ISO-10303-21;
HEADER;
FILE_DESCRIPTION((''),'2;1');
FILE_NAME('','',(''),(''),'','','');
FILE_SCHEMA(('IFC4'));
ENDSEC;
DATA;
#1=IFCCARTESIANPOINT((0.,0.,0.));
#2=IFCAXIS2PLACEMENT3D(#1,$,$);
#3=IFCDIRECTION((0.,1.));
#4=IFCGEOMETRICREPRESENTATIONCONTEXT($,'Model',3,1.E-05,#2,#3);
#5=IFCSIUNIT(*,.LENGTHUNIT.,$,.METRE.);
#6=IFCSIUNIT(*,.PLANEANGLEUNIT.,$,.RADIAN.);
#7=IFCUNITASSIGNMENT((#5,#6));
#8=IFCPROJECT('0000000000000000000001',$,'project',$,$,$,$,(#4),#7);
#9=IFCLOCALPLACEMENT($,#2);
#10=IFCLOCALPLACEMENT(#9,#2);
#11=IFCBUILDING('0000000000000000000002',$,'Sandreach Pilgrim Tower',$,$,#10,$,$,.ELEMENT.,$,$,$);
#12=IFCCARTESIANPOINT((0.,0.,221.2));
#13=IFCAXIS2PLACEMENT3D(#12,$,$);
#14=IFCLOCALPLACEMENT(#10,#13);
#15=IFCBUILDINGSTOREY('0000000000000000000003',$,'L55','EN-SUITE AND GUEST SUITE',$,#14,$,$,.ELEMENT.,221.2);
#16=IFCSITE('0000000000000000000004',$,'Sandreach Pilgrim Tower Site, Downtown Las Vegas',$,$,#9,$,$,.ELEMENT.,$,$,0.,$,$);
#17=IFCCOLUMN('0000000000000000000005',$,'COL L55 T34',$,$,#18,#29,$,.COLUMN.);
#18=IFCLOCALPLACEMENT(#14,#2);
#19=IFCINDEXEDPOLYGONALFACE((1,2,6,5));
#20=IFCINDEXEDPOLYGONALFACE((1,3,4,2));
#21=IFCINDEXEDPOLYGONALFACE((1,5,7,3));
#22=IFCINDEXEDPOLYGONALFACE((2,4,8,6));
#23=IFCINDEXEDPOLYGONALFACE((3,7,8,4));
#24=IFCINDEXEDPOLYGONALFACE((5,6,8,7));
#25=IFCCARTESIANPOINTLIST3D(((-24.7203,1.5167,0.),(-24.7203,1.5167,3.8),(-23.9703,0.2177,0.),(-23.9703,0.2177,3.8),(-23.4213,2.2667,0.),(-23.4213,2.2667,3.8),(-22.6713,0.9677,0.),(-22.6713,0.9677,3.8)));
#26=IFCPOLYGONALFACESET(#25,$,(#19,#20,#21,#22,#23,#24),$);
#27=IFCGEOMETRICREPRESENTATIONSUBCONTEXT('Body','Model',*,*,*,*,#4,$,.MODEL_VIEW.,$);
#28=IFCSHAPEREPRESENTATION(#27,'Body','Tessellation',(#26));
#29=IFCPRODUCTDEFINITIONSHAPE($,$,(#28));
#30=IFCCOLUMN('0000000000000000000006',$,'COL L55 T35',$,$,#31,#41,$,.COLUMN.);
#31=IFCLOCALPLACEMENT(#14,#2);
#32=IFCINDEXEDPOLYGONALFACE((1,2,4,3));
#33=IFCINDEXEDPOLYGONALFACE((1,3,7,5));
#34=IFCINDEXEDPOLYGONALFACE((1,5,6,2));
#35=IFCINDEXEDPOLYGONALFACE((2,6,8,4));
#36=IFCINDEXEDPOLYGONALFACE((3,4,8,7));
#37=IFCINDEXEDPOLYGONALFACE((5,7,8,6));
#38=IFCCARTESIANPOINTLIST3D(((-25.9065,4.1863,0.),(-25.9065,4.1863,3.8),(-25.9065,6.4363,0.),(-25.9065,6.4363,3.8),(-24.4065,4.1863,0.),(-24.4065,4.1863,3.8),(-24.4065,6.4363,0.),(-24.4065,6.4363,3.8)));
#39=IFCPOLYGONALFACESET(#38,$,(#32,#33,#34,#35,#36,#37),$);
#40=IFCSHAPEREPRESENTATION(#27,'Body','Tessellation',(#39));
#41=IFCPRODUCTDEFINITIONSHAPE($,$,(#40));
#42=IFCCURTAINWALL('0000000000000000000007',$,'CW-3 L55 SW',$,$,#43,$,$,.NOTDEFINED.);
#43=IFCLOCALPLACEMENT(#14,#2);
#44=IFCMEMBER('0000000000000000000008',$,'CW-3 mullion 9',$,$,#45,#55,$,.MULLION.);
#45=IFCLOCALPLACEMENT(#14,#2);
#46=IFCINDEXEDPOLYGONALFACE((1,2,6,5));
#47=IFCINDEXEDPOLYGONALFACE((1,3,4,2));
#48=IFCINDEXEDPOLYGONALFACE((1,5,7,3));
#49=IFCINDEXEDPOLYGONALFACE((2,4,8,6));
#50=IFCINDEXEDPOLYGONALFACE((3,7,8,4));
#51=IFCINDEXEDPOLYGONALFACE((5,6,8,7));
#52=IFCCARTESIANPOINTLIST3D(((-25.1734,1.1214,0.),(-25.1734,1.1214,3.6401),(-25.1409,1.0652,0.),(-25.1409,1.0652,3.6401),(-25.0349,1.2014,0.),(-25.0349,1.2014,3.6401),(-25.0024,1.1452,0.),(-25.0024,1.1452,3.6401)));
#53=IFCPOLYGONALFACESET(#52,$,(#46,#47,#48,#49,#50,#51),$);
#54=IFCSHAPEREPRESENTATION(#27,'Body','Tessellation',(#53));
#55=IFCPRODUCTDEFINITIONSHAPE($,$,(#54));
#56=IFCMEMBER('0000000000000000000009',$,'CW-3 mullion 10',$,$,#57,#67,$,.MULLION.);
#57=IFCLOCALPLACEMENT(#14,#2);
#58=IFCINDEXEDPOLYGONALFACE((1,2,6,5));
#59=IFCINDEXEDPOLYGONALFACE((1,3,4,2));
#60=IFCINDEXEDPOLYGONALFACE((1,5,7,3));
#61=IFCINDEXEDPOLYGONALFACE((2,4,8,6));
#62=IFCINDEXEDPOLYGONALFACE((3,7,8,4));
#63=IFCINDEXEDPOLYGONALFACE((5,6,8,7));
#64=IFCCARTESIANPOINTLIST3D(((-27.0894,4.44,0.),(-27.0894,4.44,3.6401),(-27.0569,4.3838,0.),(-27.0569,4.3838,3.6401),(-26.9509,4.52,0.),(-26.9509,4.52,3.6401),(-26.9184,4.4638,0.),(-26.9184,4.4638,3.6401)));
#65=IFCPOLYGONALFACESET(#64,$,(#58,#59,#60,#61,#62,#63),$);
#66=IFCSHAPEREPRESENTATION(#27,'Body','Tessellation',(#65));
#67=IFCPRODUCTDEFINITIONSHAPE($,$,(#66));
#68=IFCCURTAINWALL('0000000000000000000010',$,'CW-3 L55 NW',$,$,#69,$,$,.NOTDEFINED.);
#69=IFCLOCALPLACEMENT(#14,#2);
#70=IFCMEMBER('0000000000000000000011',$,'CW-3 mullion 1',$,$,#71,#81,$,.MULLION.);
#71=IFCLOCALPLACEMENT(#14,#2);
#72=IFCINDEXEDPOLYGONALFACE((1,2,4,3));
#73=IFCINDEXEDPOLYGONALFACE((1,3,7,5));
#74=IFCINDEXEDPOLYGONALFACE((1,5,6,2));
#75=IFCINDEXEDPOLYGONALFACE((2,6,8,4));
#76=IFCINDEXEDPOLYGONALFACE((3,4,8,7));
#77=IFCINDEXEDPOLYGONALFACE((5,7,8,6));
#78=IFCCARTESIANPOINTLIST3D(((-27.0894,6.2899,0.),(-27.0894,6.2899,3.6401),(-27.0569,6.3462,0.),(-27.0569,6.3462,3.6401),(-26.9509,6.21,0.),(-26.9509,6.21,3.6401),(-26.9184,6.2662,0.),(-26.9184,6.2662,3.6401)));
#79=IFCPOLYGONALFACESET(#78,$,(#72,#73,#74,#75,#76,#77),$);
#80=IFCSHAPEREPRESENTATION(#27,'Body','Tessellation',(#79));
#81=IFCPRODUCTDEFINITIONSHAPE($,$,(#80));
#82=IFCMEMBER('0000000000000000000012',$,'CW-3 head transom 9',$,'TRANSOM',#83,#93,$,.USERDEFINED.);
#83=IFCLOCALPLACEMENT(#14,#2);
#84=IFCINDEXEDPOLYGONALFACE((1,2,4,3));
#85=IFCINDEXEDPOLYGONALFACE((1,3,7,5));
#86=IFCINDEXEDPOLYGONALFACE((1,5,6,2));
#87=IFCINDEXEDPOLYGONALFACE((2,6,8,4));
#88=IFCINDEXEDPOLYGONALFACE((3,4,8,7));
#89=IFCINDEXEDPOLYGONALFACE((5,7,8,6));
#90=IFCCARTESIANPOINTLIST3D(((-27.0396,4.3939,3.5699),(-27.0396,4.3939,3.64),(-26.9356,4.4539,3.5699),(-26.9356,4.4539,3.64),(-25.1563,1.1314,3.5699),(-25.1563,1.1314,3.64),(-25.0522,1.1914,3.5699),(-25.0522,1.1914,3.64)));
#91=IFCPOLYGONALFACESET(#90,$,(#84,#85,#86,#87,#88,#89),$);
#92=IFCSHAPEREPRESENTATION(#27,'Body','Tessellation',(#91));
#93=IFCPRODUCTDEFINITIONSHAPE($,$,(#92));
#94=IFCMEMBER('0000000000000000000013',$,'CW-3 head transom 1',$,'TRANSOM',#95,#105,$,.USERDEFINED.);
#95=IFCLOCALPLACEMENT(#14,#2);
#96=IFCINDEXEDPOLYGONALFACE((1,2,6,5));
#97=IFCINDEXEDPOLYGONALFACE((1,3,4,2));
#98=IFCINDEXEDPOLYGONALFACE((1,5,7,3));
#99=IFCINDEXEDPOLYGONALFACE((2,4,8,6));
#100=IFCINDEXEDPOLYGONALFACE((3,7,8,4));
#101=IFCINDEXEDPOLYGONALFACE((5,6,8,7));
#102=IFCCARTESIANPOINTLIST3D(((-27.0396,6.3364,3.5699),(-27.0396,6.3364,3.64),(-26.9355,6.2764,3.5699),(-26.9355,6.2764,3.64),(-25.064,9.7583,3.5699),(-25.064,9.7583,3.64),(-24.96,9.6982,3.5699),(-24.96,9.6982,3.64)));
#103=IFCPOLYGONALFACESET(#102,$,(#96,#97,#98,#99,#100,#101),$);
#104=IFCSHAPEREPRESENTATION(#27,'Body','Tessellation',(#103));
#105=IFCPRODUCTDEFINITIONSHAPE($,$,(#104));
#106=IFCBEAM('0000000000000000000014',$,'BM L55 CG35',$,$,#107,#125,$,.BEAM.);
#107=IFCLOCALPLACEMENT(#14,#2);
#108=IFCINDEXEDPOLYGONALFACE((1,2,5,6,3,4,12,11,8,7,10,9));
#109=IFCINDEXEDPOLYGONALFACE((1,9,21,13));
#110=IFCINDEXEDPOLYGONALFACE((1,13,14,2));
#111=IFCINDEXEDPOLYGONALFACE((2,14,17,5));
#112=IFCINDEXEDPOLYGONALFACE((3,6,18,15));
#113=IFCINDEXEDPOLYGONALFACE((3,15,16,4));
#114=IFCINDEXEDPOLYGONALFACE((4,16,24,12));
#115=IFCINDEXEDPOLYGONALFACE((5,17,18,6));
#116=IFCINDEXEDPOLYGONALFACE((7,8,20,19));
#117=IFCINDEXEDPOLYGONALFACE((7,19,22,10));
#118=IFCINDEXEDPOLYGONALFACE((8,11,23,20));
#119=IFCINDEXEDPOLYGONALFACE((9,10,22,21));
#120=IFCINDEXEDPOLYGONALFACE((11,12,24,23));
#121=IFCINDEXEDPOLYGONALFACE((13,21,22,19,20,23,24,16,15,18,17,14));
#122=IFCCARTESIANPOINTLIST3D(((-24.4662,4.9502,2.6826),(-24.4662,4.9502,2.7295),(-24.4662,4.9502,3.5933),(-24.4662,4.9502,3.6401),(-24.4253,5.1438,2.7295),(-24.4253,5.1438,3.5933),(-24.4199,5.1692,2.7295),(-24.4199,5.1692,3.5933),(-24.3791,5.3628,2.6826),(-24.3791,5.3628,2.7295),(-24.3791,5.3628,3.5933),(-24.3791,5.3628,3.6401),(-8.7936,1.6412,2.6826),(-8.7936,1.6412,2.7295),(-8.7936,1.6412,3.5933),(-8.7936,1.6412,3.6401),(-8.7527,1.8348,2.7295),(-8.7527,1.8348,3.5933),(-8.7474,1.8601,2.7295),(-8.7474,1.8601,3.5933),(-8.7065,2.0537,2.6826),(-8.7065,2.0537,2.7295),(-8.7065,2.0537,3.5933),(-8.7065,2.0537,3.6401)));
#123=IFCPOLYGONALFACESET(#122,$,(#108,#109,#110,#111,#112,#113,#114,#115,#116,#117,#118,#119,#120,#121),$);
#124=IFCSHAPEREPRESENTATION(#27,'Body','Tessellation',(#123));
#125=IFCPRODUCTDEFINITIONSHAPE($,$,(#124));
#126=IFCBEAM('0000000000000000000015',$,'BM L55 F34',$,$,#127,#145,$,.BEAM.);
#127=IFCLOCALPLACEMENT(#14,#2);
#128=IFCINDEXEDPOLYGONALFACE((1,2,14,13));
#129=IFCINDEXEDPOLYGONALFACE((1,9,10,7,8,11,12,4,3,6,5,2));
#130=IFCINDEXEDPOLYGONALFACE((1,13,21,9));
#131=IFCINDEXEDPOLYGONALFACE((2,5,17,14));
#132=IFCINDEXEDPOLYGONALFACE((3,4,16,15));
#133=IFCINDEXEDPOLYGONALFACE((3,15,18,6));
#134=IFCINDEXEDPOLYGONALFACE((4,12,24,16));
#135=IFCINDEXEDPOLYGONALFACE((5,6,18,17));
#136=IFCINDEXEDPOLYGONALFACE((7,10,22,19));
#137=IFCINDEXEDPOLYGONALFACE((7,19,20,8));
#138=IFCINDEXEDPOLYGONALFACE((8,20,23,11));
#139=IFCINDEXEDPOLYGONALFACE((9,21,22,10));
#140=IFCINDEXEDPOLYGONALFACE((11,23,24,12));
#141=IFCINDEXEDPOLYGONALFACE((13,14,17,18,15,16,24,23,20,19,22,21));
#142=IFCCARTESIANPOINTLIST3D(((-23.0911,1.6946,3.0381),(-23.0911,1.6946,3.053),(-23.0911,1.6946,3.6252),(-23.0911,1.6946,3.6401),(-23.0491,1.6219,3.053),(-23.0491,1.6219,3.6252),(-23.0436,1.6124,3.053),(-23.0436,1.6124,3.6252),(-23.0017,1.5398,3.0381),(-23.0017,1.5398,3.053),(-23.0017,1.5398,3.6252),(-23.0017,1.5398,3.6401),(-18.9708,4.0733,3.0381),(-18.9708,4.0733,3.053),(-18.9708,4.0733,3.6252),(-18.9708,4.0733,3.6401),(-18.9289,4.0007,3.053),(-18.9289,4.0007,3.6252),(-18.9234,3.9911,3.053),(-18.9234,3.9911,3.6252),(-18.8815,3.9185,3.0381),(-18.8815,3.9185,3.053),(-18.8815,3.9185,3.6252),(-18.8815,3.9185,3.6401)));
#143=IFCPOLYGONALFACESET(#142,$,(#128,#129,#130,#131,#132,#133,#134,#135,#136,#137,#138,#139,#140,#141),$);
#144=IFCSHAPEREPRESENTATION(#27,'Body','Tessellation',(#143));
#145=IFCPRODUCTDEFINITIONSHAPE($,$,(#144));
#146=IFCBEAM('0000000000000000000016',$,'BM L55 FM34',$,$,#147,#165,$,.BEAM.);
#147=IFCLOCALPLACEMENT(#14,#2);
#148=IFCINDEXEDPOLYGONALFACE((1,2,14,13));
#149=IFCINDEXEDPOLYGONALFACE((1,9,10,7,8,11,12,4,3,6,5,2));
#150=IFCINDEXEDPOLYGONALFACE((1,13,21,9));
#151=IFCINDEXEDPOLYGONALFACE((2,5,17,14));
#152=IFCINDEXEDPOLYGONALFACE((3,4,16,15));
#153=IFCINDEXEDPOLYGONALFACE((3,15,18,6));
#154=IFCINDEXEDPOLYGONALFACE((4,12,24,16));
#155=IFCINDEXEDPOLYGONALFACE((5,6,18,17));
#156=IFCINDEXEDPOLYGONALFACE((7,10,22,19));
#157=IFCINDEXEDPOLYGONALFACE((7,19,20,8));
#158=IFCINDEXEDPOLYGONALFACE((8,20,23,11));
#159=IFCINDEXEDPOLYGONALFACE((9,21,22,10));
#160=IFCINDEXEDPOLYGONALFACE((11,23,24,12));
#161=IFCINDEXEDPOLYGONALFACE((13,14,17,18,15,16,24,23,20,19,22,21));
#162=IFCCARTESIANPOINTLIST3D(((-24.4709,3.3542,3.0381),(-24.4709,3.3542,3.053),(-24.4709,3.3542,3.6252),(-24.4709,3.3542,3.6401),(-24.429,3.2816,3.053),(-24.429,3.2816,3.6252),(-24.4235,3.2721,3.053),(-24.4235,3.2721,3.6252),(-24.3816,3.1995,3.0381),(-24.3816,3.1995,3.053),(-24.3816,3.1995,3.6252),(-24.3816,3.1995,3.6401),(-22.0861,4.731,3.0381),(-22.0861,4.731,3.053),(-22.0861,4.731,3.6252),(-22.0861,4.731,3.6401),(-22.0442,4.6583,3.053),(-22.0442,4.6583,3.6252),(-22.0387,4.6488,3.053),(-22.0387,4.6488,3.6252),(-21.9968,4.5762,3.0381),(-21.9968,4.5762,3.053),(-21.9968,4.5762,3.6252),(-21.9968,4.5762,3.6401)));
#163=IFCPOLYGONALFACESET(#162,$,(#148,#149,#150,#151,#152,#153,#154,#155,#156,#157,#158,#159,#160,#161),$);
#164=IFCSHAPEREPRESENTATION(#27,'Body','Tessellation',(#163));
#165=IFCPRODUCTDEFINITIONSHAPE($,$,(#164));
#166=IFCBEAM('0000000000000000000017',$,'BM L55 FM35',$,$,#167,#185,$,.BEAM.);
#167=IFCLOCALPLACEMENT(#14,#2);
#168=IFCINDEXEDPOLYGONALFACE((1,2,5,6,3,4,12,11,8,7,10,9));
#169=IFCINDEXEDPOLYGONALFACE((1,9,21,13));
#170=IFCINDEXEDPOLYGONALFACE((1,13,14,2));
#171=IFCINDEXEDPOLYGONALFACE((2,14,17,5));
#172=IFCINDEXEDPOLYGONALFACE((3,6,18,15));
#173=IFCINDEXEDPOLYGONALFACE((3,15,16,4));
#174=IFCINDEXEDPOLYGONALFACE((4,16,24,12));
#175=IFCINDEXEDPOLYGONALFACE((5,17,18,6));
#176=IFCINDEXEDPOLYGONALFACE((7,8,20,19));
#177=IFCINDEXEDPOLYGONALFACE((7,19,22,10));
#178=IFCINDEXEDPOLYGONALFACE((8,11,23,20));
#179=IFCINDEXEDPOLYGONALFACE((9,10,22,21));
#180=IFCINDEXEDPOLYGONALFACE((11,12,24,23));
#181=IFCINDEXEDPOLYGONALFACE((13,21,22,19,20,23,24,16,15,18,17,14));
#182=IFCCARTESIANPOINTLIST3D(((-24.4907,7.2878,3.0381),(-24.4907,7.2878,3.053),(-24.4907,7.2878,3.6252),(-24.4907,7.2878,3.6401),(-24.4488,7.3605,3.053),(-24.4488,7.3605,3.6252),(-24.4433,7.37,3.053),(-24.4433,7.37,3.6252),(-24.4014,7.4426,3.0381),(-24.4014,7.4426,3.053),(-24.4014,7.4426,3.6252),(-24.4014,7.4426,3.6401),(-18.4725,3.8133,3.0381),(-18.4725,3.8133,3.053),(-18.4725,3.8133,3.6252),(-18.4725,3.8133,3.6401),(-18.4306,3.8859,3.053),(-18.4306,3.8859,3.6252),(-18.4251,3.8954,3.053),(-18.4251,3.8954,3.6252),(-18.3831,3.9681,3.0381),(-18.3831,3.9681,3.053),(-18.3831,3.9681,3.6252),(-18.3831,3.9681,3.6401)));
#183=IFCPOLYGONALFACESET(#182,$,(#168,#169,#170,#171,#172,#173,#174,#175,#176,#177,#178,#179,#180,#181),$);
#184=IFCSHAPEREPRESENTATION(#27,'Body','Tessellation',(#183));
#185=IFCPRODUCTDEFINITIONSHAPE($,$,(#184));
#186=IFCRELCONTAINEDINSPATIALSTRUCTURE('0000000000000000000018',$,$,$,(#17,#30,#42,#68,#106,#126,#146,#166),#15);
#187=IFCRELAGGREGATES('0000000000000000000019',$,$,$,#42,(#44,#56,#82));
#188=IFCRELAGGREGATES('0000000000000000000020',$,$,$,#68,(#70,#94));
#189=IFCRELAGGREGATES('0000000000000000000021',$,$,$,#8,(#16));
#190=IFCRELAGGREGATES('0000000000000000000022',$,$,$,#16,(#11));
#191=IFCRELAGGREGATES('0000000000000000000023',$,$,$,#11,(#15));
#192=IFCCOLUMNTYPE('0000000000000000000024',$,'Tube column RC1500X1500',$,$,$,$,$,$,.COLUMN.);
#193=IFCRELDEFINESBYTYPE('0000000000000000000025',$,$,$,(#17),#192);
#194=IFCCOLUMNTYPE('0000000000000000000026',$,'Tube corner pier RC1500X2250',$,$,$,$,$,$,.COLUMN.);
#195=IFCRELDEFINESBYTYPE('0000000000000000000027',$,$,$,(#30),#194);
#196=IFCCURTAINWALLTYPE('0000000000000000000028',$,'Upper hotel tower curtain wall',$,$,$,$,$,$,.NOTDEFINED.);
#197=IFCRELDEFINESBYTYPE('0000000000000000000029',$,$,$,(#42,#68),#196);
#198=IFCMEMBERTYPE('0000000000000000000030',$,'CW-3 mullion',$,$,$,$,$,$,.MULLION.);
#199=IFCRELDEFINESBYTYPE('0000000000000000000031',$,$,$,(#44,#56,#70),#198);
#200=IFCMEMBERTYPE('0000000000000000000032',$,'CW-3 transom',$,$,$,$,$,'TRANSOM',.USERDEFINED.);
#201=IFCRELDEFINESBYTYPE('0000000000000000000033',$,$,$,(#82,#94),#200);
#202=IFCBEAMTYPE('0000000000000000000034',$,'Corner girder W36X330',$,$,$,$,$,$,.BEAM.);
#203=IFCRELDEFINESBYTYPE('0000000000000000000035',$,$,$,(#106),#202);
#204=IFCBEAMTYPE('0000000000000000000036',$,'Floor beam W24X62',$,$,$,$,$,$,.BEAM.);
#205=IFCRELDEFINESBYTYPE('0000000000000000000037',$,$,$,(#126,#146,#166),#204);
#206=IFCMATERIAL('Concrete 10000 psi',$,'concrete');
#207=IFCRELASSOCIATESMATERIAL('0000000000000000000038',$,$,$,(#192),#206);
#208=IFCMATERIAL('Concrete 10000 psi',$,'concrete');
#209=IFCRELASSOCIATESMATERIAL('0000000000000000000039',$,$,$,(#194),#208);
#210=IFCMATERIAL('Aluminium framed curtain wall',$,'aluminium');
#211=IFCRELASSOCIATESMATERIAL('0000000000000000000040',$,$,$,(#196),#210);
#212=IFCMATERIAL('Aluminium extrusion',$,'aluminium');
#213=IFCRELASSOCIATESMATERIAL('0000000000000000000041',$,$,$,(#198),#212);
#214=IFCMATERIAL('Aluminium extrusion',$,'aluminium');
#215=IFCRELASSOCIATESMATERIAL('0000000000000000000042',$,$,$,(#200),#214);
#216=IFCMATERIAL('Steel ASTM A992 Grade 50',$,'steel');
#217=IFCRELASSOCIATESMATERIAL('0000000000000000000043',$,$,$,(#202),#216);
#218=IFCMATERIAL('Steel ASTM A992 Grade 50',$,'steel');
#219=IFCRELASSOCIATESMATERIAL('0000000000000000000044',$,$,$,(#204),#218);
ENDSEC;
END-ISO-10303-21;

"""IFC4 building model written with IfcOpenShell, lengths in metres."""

from ifc_helpers import new_model, si_unit, direction, frame, origin, origin_2d, place, context, subcontext, project, spatial, rectangle, i_section, extrude, material, material_profile, profile_set, type_object, element, aggregate, save


model = new_model("IFC4")

# Units and contexts
model_context = context("Model", 3, precision=1e-05, world=origin(), true_north=direction((0.0, 1.0)))
body_context = subcontext(model_context, "Body", "Model", "MODEL_VIEW")
ifc_project = project(units=[si_unit("LENGTHUNIT", "METRE"), si_unit("PLANEANGLEUNIT", "RADIAN")], contexts=[model_context])

# Site, building, storey
site_placement = place(None, origin())
site = spatial("IfcSite", under=ifc_project, at=site_placement, Name="Sandreach Pilgrim Tower Site, Downtown Las Vegas", CompositionType="ELEMENT", RefElevation=0.0)
building_placement = place(site_placement, origin())
building = spatial("IfcBuilding", under=site, at=building_placement, Name="Sandreach Pilgrim Tower", CompositionType="ELEMENT")
storey_placement = place(building_placement, frame((0.0, 0.0, 221.2)))
storey = spatial("IfcBuildingStorey", under=building, at=storey_placement, Name="L55", Description="EN-SUITE AND GUEST SUITE", CompositionType="ELEMENT", Elevation=221.2)

# Columns
ifc_material_1 = material(Name="Concrete 10000 psi", Category="concrete")
ifc_material_profile_1 = material_profile(ifc_material_1, rectangle(XDim=1.5, YDim=1.5, at=origin_2d()), Name="RC1500X1500")
ifc_profile_set_1 = profile_set([ifc_material_profile_1], Name="Concrete 10000 psi")
column_type_1 = type_object("IfcColumnType", Name="Tube column RC1500X1500", PredefinedType="COLUMN", material=ifc_profile_set_1)
column_1_placement = place(storey_placement, frame((-23.6958, 1.2422, 0.0), z_axis=(0.0, 0.0, 1.0), x_axis=(-0.866025, -0.5, 0.0)))
element("IfcColumn", 1, at=column_1_placement, inside=storey, type_object=column_type_1, Name="COL L55 T34", PredefinedType="COLUMN", context=body_context, shape_type="SweptSolid", body=[
    extrude(rectangle(XDim=1.5, YDim=1.5, at=origin_2d()), origin(), (0.0, 0.0, 1.0), 3.8),
])
ifc_material_2 = material(Name="Concrete 10000 psi", Category="concrete")
ifc_material_profile_2 = material_profile(ifc_material_2, rectangle(XDim=1.5, YDim=2.25, at=origin_2d()), Name="RC1500X2250")
ifc_profile_set_2 = profile_set([ifc_material_profile_2], Name="Concrete 10000 psi")
column_type_2 = type_object("IfcColumnType", Name="Tube corner pier RC1500X2250", PredefinedType="COLUMN", material=ifc_profile_set_2)
column_2_placement = place(storey_placement, frame((-25.1565, 5.3113, 0.0), z_axis=(0.0, 0.0, 1.0), x_axis=(-1.0, 0.0, 0.0)))
element("IfcColumn", 2, at=column_2_placement, inside=storey, type_object=column_type_2, Name="COL L55 T35", PredefinedType="COLUMN", context=body_context, shape_type="SweptSolid", body=[
    extrude(rectangle(XDim=1.5, YDim=2.25, at=origin_2d()), origin(), (0.0, 0.0, 1.0), 3.8),
])

# Curtain wall, members
ifc_material_3 = material(Name="Aluminium framed curtain wall", Category="aluminium")
curtain_wall_type = type_object("IfcCurtainWallType", Name="Upper hotel tower curtain wall", PredefinedType="NOTDEFINED", material=ifc_material_3)
curtain_wall_1_placement = place(storey_placement, origin())
curtain_wall_1 = element("IfcCurtainWall", 3, at=curtain_wall_1_placement, inside=storey, type_object=curtain_wall_type, Name="CW-3 L55 SW", PredefinedType="NOTDEFINED")
ifc_material_4 = material(Name="Aluminium extrusion", Category="aluminium")
ifc_material_profile_3 = material_profile(ifc_material_4, rectangle(XDim=0.0649, YDim=0.1599, at=origin_2d()), Name="CW-3M 65X160")
ifc_profile_set_3 = profile_set([ifc_material_profile_3], Name="Aluminium extrusion")
member_type_1 = type_object("IfcMemberType", Name="CW-3 mullion", PredefinedType="MULLION", material=ifc_profile_set_3)
member_1_placement = place(storey_placement, frame((-25.0879, 1.1333, 0.0), z_axis=(0.0, 0.0, 1.0), x_axis=(-0.5, 0.866025, 0.0)))
member_1 = element("IfcMember", 4, at=member_1_placement, type_object=member_type_1, Name="CW-3 mullion 9", PredefinedType="MULLION", context=body_context, shape_type="SweptSolid", body=[
    extrude(rectangle(XDim=0.0649, YDim=0.1599, at=origin_2d()), origin(), (0.0, 0.0, 1.0), 3.6401),
])
member_2_placement = place(storey_placement, frame((-27.0039, 4.4519, 0.0), z_axis=(0.0, 0.0, 1.0), x_axis=(-0.5, 0.866025, 0.0)))
member_2 = element("IfcMember", 5, at=member_2_placement, type_object=member_type_1, Name="CW-3 mullion 10", PredefinedType="MULLION", context=body_context, shape_type="SweptSolid", body=[
    extrude(rectangle(XDim=0.0649, YDim=0.1599, at=origin_2d()), origin(), (0.0, 0.0, 1.0), 3.6401),
])

# Curtain wall, member
curtain_wall_2_placement = place(storey_placement, origin())
curtain_wall_2 = element("IfcCurtainWall", 6, at=curtain_wall_2_placement, inside=storey, type_object=curtain_wall_type, Name="CW-3 L55 NW", PredefinedType="NOTDEFINED")
member_3_placement = place(storey_placement, frame((-27.0039, 6.2781, 0.0), z_axis=(0.0, 0.0, 1.0), x_axis=(0.5, 0.866025, 0.0)))
member_3 = element("IfcMember", 7, at=member_3_placement, type_object=member_type_1, Name="CW-3 mullion 1", PredefinedType="MULLION", context=body_context, shape_type="SweptSolid", body=[
    extrude(rectangle(XDim=0.0649, YDim=0.1599, at=origin_2d()), origin(), (0.0, 0.0, 1.0), 3.6401),
])

# Members
ifc_material_5 = material(Name="Aluminium extrusion", Category="aluminium")
ifc_material_profile_4 = material_profile(ifc_material_5, rectangle(XDim=0.1201, YDim=0.0701, at=origin_2d()), Name="CW-3T 120X70")
ifc_profile_set_4 = profile_set([ifc_material_profile_4], Name="Aluminium extrusion")
member_type_2 = type_object("IfcMemberType", Name="CW-3 transom", ElementType="TRANSOM", PredefinedType="USERDEFINED", material=ifc_profile_set_4)
member_4_placement = place(storey_placement, frame((-25.1042, 1.1614, 3.605), z_axis=(-0.499945, 0.866057, 0.0), x_axis=(-0.866057, -0.499945, 0.0)))
member_4 = element("IfcMember", 8, at=member_4_placement, type_object=member_type_2, Name="CW-3 head transom 9", ObjectType="TRANSOM", PredefinedType="USERDEFINED", context=body_context, shape_type="SweptSolid", body=[
    extrude(rectangle(XDim=0.1201, YDim=0.0701, at=origin_2d()), origin(), (0.0, 0.0, 1.0), 3.7671),
])
member_5_placement = place(storey_placement, frame((-26.9875, 6.3064, 3.605), z_axis=(0.499993, 0.866029, 0.0), x_axis=(-0.866029, 0.499993, 0.0)))
member_5 = element("IfcMember", 9, at=member_5_placement, type_object=member_type_2, Name="CW-3 head transom 1", ObjectType="TRANSOM", PredefinedType="USERDEFINED", context=body_context, shape_type="SweptSolid", body=[
    extrude(rectangle(XDim=0.1201, YDim=0.0701, at=origin_2d()), origin(), (0.0, 0.0, 1.0), 3.9512),
])

# Beams
ifc_material_6 = material(Name="Steel ASTM A992 Grade 50", Category="steel")
ifc_material_profile_5 = material_profile(ifc_material_6, i_section(OverallWidth=0.4216, OverallDepth=0.9575, WebThickness=0.0259, FlangeThickness=0.0469, at=origin_2d()), Name="W36X330")
ifc_profile_set_5 = profile_set([ifc_material_profile_5], Name="Steel ASTM A992 Grade 50")
beam_type_1 = type_object("IfcBeamType", Name="Corner girder W36X330", PredefinedType="BEAM", material=ifc_profile_set_5)
beam_1_placement = place(storey_placement, frame((-24.4226, 5.1565, 3.1614), z_axis=(0.978429, -0.206583, 0.0), x_axis=(0.206583, 0.978429, 0.0)))
element("IfcBeam", 10, at=beam_1_placement, inside=storey, type_object=beam_type_1, Name="BM L55 CG35", PredefinedType="BEAM", context=body_context, shape_type="SweptSolid", body=[
    extrude(i_section(OverallWidth=0.4216, OverallDepth=0.9575, WebThickness=0.0259, FlangeThickness=0.0469, at=origin_2d()), origin(), (0.0, 0.0, 1.0), 16.0181),
])
ifc_material_7 = material(Name="Steel ASTM A992 Grade 50", Category="steel")
ifc_material_profile_6 = material_profile(ifc_material_7, i_section(OverallWidth=0.1787, OverallDepth=0.6021, WebThickness=0.011, FlangeThickness=0.0149, at=origin_2d()), Name="W24X62")
ifc_profile_set_6 = profile_set([ifc_material_profile_6], Name="Steel ASTM A992 Grade 50")
beam_type_2 = type_object("IfcBeamType", Name="Floor beam W24X62", PredefinedType="BEAM", material=ifc_profile_set_6)
beam_2_placement = place(storey_placement, frame((-23.0464, 1.6172, 3.3391), z_axis=(0.866033, 0.499986, 0.0), x_axis=(-0.499986, 0.866033, 0.0)))
element("IfcBeam", 11, at=beam_2_placement, inside=storey, type_object=beam_type_2, Name="BM L55 F34", PredefinedType="BEAM", context=body_context, shape_type="SweptSolid", body=[
    extrude(i_section(OverallWidth=0.1787, OverallDepth=0.6021, WebThickness=0.011, FlangeThickness=0.0149, at=origin_2d()), origin(), (0.0, 0.0, 1.0), 4.7576),
])
beam_3_placement = place(storey_placement, frame((-24.4263, 3.2769, 3.3391), z_axis=(0.866047, 0.499963, 0.0), x_axis=(-0.499963, 0.866047, 0.0)))
element("IfcBeam", 12, at=beam_3_placement, inside=storey, type_object=beam_type_2, Name="BM L55 FM34", PredefinedType="BEAM", context=body_context, shape_type="SweptSolid", body=[
    extrude(i_section(OverallWidth=0.1787, OverallDepth=0.6021, WebThickness=0.011, FlangeThickness=0.0149, at=origin_2d()), origin(), (0.0, 0.0, 1.0), 2.7537),
])
beam_4_placement = place(storey_placement, frame((-24.446, 7.3652, 3.3391), z_axis=(0.866029, -0.499993, 0.0), x_axis=(0.499993, 0.866029, 0.0)))
element("IfcBeam", 13, at=beam_4_placement, inside=storey, type_object=beam_type_2, Name="BM L55 FM35", PredefinedType="BEAM", context=body_context, shape_type="SweptSolid", body=[
    extrude(i_section(OverallWidth=0.1787, OverallDepth=0.6021, WebThickness=0.011, FlangeThickness=0.0149, at=origin_2d()), origin(), (0.0, 0.0, 1.0), 6.9492),
])

aggregate(curtain_wall_1, [member_1, member_2, member_4])
aggregate(curtain_wall_2, [member_3, member_5])

save(model, "model.ifc")
